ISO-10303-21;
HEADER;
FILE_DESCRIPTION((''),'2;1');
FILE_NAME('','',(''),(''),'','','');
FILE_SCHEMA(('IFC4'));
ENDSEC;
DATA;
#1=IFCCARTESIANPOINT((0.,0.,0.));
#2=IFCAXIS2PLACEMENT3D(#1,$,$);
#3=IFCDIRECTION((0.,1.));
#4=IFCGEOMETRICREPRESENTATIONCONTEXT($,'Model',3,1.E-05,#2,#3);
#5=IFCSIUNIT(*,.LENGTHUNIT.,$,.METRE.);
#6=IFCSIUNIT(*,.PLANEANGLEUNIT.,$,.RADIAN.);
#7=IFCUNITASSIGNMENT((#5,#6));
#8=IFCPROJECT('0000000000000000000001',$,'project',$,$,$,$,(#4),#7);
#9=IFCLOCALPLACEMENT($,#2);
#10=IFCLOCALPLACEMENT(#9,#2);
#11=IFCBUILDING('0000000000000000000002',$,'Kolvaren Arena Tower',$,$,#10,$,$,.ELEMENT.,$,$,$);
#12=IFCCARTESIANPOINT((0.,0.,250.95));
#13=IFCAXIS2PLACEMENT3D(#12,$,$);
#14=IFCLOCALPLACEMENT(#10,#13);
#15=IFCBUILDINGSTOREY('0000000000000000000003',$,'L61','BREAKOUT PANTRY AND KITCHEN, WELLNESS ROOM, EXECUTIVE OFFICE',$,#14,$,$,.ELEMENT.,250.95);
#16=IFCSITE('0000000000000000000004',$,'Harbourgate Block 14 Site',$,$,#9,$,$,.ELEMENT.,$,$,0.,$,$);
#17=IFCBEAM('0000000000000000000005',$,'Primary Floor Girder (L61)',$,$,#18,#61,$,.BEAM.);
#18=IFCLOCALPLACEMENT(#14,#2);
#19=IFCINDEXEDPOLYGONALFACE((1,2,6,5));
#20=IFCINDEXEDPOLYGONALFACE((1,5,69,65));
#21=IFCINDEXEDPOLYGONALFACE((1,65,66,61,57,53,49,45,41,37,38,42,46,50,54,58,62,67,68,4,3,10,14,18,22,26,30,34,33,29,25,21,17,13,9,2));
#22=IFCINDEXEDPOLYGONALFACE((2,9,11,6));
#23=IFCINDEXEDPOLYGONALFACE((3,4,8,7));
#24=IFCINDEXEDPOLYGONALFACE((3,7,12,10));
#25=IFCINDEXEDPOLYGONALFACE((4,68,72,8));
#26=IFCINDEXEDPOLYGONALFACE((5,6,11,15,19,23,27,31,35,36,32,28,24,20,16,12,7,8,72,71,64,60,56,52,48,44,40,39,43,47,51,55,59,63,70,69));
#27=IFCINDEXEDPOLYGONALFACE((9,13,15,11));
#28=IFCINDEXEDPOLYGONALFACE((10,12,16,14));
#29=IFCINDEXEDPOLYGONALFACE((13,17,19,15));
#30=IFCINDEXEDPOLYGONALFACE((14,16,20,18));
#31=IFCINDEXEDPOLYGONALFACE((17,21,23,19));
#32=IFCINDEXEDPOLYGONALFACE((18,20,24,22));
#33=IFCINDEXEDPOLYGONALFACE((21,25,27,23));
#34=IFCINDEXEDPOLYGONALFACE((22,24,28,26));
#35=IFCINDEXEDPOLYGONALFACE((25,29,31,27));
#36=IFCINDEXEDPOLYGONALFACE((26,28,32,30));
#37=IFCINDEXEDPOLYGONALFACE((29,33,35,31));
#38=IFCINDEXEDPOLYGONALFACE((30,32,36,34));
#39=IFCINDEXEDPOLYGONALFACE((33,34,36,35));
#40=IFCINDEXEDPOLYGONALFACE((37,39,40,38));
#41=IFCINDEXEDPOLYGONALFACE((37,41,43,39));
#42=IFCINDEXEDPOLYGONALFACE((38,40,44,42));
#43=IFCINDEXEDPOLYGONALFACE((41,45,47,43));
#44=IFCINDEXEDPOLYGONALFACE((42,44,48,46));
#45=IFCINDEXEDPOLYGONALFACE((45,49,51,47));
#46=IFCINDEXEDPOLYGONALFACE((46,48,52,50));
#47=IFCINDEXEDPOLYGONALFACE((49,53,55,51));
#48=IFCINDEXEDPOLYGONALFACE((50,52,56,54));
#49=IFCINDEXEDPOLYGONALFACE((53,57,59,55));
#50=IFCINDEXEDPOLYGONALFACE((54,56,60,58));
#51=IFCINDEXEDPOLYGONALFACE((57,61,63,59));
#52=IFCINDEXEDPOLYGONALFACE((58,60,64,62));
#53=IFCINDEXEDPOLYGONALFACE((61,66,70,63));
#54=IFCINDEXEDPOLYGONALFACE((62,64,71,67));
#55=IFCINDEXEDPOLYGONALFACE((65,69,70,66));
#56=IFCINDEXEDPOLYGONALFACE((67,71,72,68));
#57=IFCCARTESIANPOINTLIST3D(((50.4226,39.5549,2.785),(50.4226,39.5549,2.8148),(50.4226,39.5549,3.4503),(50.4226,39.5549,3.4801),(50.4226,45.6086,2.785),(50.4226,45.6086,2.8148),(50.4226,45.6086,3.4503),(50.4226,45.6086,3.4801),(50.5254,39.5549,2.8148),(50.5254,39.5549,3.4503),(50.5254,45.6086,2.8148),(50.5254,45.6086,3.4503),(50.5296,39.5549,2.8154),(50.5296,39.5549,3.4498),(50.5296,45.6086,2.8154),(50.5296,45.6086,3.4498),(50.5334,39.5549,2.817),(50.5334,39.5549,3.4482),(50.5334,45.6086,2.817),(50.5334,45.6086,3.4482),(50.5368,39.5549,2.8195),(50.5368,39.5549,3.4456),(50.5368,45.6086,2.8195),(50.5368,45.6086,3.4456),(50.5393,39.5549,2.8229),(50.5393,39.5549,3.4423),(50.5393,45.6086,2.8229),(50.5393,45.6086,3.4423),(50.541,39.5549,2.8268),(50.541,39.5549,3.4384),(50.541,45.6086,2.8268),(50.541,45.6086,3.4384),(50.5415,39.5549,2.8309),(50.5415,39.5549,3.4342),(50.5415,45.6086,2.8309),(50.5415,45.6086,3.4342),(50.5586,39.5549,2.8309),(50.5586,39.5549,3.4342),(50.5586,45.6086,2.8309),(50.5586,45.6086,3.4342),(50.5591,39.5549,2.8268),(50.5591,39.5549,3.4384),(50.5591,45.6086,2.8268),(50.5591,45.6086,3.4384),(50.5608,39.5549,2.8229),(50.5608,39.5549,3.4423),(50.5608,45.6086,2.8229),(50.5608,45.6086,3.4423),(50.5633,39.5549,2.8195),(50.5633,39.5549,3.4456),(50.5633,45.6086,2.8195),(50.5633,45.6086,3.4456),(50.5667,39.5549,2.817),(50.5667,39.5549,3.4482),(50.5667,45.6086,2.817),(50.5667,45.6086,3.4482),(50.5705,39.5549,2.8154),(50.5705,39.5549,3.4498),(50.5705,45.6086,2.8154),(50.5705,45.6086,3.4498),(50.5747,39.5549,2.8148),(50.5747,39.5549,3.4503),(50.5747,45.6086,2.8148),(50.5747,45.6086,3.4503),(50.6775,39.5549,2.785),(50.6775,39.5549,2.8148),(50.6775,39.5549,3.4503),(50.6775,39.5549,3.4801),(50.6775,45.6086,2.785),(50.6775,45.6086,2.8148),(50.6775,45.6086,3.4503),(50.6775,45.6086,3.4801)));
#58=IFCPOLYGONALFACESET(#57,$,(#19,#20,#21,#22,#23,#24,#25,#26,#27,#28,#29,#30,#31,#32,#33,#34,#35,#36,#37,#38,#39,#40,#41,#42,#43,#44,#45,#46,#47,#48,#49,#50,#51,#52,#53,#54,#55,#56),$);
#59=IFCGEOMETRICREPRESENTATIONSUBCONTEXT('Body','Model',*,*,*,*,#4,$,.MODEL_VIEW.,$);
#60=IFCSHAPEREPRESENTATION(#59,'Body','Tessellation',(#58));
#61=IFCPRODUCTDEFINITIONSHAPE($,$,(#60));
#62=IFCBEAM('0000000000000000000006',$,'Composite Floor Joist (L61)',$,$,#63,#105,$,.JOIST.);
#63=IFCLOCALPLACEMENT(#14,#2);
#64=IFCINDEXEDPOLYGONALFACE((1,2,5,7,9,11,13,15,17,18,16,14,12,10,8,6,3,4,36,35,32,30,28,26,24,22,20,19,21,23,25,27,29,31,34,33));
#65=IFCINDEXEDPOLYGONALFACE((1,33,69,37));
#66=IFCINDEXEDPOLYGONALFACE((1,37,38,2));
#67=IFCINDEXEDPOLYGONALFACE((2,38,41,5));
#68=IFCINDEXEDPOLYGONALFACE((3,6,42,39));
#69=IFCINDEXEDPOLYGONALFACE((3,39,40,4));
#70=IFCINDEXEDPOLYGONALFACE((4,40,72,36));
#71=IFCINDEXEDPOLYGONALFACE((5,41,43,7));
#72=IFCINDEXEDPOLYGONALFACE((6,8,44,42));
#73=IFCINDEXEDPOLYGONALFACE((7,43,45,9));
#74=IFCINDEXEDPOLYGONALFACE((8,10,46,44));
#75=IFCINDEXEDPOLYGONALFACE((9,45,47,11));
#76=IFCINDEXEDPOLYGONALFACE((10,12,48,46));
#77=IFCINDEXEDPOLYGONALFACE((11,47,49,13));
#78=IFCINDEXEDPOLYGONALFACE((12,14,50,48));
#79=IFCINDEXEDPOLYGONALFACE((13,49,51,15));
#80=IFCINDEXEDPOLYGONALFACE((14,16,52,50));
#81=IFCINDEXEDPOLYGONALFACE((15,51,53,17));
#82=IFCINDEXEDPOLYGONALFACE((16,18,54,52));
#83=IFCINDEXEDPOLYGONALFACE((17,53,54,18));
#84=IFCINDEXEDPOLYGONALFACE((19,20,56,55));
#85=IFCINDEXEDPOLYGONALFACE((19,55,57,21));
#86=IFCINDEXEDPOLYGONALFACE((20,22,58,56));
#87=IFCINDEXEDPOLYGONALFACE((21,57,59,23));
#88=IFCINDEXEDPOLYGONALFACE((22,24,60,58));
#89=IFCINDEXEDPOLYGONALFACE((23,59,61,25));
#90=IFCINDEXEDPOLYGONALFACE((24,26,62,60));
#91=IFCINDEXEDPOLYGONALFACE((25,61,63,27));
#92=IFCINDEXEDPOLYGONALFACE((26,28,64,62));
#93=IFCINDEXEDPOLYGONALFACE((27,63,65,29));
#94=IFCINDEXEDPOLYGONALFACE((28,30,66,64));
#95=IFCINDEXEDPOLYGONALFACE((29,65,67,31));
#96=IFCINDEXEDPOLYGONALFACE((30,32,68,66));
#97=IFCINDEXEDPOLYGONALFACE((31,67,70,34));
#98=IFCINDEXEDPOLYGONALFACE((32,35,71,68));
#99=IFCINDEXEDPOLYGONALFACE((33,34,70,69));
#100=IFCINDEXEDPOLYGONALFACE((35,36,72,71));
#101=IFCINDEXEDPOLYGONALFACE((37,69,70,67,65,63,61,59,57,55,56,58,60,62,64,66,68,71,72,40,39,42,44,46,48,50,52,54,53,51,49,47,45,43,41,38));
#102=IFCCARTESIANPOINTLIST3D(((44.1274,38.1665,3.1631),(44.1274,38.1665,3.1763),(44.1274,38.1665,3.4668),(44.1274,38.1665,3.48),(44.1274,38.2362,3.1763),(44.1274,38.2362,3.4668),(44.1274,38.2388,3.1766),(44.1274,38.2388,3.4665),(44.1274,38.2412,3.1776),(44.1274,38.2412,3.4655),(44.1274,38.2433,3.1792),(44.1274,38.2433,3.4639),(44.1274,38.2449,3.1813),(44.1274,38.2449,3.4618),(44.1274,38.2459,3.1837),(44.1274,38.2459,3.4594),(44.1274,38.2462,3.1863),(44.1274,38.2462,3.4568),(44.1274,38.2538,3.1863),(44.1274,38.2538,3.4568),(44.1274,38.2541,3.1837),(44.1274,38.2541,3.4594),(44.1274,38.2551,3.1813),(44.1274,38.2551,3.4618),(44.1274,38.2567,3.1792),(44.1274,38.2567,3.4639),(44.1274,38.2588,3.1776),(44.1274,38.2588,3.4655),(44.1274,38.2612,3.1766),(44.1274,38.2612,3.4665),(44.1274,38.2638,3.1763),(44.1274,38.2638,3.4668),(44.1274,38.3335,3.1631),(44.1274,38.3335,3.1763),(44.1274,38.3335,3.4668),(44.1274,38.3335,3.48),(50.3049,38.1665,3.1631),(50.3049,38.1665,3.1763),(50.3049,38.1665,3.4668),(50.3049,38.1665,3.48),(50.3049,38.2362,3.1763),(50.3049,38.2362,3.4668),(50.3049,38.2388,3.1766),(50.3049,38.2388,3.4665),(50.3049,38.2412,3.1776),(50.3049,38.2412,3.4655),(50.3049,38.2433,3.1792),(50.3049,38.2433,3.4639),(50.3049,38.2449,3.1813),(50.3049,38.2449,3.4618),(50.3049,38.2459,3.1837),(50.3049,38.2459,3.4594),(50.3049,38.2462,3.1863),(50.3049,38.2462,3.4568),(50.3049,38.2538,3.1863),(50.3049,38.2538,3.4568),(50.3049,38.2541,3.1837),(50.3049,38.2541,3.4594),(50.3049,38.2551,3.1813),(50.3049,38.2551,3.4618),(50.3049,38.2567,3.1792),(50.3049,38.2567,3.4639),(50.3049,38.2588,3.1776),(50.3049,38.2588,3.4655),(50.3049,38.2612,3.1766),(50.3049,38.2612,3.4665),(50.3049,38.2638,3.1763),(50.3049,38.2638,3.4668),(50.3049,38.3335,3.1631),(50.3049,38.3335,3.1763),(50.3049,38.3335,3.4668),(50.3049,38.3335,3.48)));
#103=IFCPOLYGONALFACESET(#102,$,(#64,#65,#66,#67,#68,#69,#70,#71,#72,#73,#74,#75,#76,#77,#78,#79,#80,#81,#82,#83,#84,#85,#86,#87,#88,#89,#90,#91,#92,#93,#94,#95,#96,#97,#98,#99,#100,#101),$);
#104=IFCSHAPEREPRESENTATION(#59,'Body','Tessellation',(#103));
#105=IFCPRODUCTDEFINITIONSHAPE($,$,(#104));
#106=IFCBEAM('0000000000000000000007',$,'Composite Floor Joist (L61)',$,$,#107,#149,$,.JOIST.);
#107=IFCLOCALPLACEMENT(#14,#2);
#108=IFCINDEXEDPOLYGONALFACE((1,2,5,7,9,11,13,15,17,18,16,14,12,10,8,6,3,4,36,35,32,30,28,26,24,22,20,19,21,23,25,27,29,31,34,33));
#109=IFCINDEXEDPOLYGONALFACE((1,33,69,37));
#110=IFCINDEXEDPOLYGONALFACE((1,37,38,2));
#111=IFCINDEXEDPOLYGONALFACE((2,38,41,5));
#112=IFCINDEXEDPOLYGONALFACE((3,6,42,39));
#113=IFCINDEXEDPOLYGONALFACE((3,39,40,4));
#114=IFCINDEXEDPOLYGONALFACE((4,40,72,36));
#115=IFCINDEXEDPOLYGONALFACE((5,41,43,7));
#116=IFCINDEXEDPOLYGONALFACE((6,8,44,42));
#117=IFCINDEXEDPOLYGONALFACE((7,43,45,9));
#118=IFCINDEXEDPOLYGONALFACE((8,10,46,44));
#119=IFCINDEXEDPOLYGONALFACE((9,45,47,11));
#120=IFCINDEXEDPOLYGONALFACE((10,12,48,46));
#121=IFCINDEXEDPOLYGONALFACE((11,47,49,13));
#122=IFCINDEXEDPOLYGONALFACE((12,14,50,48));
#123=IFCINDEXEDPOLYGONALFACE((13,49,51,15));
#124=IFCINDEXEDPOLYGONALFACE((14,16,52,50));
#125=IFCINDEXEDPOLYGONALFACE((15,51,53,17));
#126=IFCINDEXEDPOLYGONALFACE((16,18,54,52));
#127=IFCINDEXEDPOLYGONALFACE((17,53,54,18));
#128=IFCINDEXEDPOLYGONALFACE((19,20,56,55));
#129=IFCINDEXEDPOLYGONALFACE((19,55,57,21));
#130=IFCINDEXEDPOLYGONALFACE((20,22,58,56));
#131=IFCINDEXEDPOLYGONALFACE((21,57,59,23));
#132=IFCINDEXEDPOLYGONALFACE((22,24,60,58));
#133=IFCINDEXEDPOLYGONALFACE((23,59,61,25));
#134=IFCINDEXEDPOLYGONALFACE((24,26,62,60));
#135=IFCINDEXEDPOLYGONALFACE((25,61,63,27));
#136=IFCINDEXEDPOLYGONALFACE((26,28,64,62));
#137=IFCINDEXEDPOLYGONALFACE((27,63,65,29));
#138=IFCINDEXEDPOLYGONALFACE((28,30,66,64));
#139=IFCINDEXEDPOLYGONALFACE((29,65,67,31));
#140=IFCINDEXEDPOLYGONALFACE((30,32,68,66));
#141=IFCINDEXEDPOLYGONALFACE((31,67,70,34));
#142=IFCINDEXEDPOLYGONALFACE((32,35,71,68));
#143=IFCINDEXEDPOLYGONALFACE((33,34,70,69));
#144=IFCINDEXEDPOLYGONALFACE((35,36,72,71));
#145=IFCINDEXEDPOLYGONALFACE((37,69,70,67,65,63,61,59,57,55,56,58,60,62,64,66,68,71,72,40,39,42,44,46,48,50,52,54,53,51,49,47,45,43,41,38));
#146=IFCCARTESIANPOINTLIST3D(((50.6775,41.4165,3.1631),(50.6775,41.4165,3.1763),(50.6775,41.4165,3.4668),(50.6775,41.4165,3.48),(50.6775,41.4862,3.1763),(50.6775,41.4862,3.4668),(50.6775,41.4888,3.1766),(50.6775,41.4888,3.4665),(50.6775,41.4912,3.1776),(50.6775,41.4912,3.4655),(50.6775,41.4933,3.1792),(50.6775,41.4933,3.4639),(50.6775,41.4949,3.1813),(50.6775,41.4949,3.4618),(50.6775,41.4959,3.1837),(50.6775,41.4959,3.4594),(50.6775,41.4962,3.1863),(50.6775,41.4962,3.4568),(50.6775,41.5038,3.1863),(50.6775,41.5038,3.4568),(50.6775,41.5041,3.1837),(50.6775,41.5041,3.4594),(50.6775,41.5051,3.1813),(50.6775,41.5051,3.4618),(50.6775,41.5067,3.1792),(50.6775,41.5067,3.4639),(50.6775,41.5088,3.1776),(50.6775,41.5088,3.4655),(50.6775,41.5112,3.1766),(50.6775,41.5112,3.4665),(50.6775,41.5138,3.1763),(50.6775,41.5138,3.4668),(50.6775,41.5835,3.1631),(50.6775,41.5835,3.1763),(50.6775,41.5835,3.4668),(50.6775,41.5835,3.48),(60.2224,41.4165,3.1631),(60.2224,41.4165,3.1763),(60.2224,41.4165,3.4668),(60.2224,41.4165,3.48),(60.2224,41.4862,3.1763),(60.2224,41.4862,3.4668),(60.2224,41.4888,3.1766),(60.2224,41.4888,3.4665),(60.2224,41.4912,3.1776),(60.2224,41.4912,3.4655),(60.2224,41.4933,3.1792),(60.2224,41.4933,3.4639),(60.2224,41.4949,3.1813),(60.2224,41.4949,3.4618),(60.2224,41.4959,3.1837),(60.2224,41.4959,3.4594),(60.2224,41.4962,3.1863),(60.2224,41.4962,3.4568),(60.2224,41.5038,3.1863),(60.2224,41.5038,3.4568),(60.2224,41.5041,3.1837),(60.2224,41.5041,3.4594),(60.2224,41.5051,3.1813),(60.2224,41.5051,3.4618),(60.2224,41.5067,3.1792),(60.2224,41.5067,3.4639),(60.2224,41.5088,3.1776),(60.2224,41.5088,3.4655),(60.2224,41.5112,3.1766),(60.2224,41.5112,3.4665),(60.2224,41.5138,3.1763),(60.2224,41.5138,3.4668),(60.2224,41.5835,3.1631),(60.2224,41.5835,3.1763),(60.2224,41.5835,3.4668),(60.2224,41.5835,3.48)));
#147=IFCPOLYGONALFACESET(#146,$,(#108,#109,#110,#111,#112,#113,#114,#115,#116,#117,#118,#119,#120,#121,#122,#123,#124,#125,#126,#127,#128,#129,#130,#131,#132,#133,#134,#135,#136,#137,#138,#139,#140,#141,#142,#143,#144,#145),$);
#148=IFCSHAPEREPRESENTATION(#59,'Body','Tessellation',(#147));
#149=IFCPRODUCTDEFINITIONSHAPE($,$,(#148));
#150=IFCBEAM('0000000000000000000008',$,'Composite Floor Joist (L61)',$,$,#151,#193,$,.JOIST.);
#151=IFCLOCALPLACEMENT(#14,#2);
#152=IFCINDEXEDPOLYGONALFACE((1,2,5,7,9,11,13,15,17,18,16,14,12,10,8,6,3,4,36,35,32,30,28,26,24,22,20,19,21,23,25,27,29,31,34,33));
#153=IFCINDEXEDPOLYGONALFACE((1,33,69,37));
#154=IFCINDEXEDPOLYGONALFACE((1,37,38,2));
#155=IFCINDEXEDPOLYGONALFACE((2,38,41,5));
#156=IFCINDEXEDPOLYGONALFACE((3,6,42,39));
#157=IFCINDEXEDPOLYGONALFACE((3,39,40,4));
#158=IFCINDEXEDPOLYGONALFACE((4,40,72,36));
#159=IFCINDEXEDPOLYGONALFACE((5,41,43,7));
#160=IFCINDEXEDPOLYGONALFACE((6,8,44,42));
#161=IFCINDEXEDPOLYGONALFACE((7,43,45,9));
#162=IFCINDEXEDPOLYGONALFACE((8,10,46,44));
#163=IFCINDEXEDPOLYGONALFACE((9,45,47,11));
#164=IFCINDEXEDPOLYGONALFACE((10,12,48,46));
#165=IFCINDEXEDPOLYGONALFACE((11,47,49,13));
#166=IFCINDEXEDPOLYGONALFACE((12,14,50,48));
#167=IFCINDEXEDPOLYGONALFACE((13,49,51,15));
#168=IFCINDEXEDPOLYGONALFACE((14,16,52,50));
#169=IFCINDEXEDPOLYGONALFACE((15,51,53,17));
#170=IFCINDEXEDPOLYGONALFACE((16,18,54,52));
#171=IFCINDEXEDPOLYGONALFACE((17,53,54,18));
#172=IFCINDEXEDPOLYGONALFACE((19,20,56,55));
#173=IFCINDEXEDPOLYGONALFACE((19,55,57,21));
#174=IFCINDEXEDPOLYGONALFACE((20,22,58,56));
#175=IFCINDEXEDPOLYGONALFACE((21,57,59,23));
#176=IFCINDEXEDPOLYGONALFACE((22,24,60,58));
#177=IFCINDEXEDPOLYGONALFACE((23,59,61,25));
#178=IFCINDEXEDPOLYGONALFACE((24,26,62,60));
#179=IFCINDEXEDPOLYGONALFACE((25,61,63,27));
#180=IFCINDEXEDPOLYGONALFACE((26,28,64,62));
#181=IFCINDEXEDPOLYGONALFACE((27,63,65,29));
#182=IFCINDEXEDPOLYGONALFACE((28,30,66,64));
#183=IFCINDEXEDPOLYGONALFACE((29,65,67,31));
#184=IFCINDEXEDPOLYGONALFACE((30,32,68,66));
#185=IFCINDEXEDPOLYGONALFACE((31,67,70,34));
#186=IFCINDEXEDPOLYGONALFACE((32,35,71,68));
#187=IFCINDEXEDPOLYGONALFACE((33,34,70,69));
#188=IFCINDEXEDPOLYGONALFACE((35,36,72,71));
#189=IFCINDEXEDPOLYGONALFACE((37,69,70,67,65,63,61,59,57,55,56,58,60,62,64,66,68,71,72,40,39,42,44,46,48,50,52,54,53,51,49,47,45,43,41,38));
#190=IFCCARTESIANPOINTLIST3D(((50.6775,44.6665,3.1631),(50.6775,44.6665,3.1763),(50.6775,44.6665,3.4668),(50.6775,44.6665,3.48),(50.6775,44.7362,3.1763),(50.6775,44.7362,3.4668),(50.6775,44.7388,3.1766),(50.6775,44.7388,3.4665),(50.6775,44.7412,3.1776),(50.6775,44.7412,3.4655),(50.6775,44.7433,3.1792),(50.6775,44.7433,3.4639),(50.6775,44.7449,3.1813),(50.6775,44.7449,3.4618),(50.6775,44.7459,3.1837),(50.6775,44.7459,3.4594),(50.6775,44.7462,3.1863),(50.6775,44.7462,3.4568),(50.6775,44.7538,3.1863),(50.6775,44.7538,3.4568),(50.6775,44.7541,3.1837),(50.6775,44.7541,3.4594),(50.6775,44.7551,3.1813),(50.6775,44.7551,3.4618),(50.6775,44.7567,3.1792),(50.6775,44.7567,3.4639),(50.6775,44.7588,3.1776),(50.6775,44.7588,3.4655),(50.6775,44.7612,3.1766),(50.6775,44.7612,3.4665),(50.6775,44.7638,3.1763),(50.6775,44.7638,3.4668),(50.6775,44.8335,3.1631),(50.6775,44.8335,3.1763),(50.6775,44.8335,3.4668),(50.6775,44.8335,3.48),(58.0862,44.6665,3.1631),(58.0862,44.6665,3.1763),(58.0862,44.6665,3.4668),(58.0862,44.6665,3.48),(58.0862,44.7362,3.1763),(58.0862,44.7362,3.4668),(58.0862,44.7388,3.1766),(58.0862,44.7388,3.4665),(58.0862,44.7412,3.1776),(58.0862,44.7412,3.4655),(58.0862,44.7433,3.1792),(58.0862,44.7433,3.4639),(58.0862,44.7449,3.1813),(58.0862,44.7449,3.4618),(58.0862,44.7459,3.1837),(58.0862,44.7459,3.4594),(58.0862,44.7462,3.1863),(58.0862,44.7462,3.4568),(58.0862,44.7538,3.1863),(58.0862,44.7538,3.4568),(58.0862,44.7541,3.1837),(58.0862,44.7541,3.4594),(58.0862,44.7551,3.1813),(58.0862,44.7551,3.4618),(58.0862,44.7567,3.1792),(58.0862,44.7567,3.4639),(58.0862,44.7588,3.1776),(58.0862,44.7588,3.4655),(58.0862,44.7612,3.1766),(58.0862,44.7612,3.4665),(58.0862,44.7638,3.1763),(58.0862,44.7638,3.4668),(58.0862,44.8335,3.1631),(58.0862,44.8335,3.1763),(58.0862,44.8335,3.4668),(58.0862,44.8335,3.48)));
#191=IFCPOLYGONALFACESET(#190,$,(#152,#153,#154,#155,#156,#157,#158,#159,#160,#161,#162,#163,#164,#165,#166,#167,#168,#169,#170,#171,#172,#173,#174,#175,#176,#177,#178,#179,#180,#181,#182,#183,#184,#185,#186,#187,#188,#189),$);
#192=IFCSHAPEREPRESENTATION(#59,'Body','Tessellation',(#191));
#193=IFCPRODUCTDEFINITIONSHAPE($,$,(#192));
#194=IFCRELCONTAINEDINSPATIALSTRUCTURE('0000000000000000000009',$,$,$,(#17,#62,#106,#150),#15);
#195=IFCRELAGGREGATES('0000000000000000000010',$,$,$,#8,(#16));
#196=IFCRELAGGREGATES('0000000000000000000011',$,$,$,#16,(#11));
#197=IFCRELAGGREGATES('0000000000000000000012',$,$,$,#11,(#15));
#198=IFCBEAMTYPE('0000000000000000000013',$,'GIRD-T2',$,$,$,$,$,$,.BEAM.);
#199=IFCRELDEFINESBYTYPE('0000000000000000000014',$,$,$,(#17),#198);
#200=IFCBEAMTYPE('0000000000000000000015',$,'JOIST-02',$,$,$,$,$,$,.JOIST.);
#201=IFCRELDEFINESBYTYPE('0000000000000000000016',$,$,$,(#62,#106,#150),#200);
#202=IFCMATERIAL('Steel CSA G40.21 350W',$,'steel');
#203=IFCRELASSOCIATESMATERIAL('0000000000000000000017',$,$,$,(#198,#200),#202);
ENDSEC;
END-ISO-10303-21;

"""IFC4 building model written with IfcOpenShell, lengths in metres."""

from ifc_helpers import new_model, si_unit, direction, frame, origin, origin_2d, place, context, subcontext, project, spatial, i_section, extrude, material, material_profile, profile_set, type_object, element, save


model = new_model("IFC4")

# Units and contexts
model_context = context("Model", 3, precision=1e-05, world=origin(), true_north=direction((0.0, 1.0)))
body_context = subcontext(model_context, "Body", "Model", "MODEL_VIEW")
ifc_project = project(units=[si_unit("LENGTHUNIT", "METRE"), si_unit("PLANEANGLEUNIT", "RADIAN")], contexts=[model_context])

# Site, building, storey
site_placement = place(None, origin())
site = spatial("IfcSite", under=ifc_project, at=site_placement, Name="Harbourgate Block 14 Site", CompositionType="ELEMENT", RefElevation=0.0)
building_placement = place(site_placement, origin())
building = spatial("IfcBuilding", under=site, at=building_placement, Name="Kolvaren Arena Tower", CompositionType="ELEMENT")
storey_placement = place(building_placement, frame((0.0, 0.0, 250.95)))
storey = spatial("IfcBuildingStorey", under=building, at=storey_placement, Name="L61", Description="BREAKOUT PANTRY AND KITCHEN, WELLNESS ROOM, EXECUTIVE OFFICE", CompositionType="ELEMENT", Elevation=250.95)

# Beams
ifc_material_1 = material(Name="Steel CSA G40.21 350W", Category="steel")
ifc_material_profile_1 = material_profile(ifc_material_1, i_section(OverallWidth=0.2549, OverallDepth=0.6951, WebThickness=0.0171, FlangeThickness=0.0298, FilletRadius=0.0161, at=origin_2d()), Name="W690x217")
ifc_profile_set_1 = profile_set([ifc_material_profile_1], Name="Steel CSA G40.21 350W")
beam_type_1 = type_object("IfcBeamType", Name="GIRD-T2", PredefinedType="BEAM", material=ifc_profile_set_1)
beam_1_placement = place(storey_placement, frame((50.55, 39.5549, 3.1326), z_axis=(0.0, 1.0, 0.0), x_axis=(-1.0, 0.0, 0.0)))
element("IfcBeam", 1, at=beam_1_placement, inside=storey, type_object=beam_type_1, Name="Primary Floor Girder (L61)", PredefinedType="BEAM", context=body_context, shape_type="SweptSolid", body=[
    extrude(i_section(OverallWidth=0.2549, OverallDepth=0.6951, WebThickness=0.0171, FlangeThickness=0.0298, FilletRadius=0.0161, at=origin_2d()), origin(), (0.0, 0.0, 1.0), 6.0537),
])
ifc_material_profile_2 = material_profile(ifc_material_1, i_section(OverallWidth=0.167, OverallDepth=0.3169, WebThickness=0.0076, FlangeThickness=0.0132, FilletRadius=0.01, at=origin_2d()), Name="W310x52")
ifc_profile_set_2 = profile_set([ifc_material_profile_2], Name="Steel CSA G40.21 350W")
beam_type_2 = type_object("IfcBeamType", Name="JOIST-02", PredefinedType="JOIST", material=ifc_profile_set_2)
beam_2_placement = place(storey_placement, frame((44.1274, 38.25, 3.3215), z_axis=(1.0, 0.0, 0.0), x_axis=(0.0, 1.0, 0.0)))
element("IfcBeam", 2, at=beam_2_placement, inside=storey, type_object=beam_type_2, Name="Composite Floor Joist (L61)", PredefinedType="JOIST", context=body_context, shape_type="SweptSolid", body=[
    extrude(i_section(OverallWidth=0.167, OverallDepth=0.3169, WebThickness=0.0076, FlangeThickness=0.0132, FilletRadius=0.01, at=origin_2d()), origin(), (0.0, 0.0, 1.0), 6.1775),
])
beam_3_placement = place(storey_placement, frame((50.6775, 41.5, 3.3215), z_axis=(1.0, 0.0, 0.0), x_axis=(0.0, 1.0, 0.0)))
element("IfcBeam", 3, at=beam_3_placement, inside=storey, type_object=beam_type_2, Name="Composite Floor Joist (L61)", PredefinedType="JOIST", context=body_context, shape_type="SweptSolid", body=[
    extrude(i_section(OverallWidth=0.167, OverallDepth=0.3169, WebThickness=0.0076, FlangeThickness=0.0132, FilletRadius=0.01, at=origin_2d()), origin(), (0.0, 0.0, 1.0), 9.5449),
])
beam_4_placement = place(storey_placement, frame((50.6775, 44.75, 3.3215), z_axis=(1.0, 0.0, 0.0), x_axis=(0.0, 1.0, 0.0)))
element("IfcBeam", 4, at=beam_4_placement, inside=storey, type_object=beam_type_2, Name="Composite Floor Joist (L61)", PredefinedType="JOIST", context=body_context, shape_type="SweptSolid", body=[
    extrude(i_section(OverallWidth=0.167, OverallDepth=0.3169, WebThickness=0.0076, FlangeThickness=0.0132, FilletRadius=0.01, at=origin_2d()), origin(), (0.0, 0.0, 1.0), 7.4087),
])

save(model, "model.ifc")
